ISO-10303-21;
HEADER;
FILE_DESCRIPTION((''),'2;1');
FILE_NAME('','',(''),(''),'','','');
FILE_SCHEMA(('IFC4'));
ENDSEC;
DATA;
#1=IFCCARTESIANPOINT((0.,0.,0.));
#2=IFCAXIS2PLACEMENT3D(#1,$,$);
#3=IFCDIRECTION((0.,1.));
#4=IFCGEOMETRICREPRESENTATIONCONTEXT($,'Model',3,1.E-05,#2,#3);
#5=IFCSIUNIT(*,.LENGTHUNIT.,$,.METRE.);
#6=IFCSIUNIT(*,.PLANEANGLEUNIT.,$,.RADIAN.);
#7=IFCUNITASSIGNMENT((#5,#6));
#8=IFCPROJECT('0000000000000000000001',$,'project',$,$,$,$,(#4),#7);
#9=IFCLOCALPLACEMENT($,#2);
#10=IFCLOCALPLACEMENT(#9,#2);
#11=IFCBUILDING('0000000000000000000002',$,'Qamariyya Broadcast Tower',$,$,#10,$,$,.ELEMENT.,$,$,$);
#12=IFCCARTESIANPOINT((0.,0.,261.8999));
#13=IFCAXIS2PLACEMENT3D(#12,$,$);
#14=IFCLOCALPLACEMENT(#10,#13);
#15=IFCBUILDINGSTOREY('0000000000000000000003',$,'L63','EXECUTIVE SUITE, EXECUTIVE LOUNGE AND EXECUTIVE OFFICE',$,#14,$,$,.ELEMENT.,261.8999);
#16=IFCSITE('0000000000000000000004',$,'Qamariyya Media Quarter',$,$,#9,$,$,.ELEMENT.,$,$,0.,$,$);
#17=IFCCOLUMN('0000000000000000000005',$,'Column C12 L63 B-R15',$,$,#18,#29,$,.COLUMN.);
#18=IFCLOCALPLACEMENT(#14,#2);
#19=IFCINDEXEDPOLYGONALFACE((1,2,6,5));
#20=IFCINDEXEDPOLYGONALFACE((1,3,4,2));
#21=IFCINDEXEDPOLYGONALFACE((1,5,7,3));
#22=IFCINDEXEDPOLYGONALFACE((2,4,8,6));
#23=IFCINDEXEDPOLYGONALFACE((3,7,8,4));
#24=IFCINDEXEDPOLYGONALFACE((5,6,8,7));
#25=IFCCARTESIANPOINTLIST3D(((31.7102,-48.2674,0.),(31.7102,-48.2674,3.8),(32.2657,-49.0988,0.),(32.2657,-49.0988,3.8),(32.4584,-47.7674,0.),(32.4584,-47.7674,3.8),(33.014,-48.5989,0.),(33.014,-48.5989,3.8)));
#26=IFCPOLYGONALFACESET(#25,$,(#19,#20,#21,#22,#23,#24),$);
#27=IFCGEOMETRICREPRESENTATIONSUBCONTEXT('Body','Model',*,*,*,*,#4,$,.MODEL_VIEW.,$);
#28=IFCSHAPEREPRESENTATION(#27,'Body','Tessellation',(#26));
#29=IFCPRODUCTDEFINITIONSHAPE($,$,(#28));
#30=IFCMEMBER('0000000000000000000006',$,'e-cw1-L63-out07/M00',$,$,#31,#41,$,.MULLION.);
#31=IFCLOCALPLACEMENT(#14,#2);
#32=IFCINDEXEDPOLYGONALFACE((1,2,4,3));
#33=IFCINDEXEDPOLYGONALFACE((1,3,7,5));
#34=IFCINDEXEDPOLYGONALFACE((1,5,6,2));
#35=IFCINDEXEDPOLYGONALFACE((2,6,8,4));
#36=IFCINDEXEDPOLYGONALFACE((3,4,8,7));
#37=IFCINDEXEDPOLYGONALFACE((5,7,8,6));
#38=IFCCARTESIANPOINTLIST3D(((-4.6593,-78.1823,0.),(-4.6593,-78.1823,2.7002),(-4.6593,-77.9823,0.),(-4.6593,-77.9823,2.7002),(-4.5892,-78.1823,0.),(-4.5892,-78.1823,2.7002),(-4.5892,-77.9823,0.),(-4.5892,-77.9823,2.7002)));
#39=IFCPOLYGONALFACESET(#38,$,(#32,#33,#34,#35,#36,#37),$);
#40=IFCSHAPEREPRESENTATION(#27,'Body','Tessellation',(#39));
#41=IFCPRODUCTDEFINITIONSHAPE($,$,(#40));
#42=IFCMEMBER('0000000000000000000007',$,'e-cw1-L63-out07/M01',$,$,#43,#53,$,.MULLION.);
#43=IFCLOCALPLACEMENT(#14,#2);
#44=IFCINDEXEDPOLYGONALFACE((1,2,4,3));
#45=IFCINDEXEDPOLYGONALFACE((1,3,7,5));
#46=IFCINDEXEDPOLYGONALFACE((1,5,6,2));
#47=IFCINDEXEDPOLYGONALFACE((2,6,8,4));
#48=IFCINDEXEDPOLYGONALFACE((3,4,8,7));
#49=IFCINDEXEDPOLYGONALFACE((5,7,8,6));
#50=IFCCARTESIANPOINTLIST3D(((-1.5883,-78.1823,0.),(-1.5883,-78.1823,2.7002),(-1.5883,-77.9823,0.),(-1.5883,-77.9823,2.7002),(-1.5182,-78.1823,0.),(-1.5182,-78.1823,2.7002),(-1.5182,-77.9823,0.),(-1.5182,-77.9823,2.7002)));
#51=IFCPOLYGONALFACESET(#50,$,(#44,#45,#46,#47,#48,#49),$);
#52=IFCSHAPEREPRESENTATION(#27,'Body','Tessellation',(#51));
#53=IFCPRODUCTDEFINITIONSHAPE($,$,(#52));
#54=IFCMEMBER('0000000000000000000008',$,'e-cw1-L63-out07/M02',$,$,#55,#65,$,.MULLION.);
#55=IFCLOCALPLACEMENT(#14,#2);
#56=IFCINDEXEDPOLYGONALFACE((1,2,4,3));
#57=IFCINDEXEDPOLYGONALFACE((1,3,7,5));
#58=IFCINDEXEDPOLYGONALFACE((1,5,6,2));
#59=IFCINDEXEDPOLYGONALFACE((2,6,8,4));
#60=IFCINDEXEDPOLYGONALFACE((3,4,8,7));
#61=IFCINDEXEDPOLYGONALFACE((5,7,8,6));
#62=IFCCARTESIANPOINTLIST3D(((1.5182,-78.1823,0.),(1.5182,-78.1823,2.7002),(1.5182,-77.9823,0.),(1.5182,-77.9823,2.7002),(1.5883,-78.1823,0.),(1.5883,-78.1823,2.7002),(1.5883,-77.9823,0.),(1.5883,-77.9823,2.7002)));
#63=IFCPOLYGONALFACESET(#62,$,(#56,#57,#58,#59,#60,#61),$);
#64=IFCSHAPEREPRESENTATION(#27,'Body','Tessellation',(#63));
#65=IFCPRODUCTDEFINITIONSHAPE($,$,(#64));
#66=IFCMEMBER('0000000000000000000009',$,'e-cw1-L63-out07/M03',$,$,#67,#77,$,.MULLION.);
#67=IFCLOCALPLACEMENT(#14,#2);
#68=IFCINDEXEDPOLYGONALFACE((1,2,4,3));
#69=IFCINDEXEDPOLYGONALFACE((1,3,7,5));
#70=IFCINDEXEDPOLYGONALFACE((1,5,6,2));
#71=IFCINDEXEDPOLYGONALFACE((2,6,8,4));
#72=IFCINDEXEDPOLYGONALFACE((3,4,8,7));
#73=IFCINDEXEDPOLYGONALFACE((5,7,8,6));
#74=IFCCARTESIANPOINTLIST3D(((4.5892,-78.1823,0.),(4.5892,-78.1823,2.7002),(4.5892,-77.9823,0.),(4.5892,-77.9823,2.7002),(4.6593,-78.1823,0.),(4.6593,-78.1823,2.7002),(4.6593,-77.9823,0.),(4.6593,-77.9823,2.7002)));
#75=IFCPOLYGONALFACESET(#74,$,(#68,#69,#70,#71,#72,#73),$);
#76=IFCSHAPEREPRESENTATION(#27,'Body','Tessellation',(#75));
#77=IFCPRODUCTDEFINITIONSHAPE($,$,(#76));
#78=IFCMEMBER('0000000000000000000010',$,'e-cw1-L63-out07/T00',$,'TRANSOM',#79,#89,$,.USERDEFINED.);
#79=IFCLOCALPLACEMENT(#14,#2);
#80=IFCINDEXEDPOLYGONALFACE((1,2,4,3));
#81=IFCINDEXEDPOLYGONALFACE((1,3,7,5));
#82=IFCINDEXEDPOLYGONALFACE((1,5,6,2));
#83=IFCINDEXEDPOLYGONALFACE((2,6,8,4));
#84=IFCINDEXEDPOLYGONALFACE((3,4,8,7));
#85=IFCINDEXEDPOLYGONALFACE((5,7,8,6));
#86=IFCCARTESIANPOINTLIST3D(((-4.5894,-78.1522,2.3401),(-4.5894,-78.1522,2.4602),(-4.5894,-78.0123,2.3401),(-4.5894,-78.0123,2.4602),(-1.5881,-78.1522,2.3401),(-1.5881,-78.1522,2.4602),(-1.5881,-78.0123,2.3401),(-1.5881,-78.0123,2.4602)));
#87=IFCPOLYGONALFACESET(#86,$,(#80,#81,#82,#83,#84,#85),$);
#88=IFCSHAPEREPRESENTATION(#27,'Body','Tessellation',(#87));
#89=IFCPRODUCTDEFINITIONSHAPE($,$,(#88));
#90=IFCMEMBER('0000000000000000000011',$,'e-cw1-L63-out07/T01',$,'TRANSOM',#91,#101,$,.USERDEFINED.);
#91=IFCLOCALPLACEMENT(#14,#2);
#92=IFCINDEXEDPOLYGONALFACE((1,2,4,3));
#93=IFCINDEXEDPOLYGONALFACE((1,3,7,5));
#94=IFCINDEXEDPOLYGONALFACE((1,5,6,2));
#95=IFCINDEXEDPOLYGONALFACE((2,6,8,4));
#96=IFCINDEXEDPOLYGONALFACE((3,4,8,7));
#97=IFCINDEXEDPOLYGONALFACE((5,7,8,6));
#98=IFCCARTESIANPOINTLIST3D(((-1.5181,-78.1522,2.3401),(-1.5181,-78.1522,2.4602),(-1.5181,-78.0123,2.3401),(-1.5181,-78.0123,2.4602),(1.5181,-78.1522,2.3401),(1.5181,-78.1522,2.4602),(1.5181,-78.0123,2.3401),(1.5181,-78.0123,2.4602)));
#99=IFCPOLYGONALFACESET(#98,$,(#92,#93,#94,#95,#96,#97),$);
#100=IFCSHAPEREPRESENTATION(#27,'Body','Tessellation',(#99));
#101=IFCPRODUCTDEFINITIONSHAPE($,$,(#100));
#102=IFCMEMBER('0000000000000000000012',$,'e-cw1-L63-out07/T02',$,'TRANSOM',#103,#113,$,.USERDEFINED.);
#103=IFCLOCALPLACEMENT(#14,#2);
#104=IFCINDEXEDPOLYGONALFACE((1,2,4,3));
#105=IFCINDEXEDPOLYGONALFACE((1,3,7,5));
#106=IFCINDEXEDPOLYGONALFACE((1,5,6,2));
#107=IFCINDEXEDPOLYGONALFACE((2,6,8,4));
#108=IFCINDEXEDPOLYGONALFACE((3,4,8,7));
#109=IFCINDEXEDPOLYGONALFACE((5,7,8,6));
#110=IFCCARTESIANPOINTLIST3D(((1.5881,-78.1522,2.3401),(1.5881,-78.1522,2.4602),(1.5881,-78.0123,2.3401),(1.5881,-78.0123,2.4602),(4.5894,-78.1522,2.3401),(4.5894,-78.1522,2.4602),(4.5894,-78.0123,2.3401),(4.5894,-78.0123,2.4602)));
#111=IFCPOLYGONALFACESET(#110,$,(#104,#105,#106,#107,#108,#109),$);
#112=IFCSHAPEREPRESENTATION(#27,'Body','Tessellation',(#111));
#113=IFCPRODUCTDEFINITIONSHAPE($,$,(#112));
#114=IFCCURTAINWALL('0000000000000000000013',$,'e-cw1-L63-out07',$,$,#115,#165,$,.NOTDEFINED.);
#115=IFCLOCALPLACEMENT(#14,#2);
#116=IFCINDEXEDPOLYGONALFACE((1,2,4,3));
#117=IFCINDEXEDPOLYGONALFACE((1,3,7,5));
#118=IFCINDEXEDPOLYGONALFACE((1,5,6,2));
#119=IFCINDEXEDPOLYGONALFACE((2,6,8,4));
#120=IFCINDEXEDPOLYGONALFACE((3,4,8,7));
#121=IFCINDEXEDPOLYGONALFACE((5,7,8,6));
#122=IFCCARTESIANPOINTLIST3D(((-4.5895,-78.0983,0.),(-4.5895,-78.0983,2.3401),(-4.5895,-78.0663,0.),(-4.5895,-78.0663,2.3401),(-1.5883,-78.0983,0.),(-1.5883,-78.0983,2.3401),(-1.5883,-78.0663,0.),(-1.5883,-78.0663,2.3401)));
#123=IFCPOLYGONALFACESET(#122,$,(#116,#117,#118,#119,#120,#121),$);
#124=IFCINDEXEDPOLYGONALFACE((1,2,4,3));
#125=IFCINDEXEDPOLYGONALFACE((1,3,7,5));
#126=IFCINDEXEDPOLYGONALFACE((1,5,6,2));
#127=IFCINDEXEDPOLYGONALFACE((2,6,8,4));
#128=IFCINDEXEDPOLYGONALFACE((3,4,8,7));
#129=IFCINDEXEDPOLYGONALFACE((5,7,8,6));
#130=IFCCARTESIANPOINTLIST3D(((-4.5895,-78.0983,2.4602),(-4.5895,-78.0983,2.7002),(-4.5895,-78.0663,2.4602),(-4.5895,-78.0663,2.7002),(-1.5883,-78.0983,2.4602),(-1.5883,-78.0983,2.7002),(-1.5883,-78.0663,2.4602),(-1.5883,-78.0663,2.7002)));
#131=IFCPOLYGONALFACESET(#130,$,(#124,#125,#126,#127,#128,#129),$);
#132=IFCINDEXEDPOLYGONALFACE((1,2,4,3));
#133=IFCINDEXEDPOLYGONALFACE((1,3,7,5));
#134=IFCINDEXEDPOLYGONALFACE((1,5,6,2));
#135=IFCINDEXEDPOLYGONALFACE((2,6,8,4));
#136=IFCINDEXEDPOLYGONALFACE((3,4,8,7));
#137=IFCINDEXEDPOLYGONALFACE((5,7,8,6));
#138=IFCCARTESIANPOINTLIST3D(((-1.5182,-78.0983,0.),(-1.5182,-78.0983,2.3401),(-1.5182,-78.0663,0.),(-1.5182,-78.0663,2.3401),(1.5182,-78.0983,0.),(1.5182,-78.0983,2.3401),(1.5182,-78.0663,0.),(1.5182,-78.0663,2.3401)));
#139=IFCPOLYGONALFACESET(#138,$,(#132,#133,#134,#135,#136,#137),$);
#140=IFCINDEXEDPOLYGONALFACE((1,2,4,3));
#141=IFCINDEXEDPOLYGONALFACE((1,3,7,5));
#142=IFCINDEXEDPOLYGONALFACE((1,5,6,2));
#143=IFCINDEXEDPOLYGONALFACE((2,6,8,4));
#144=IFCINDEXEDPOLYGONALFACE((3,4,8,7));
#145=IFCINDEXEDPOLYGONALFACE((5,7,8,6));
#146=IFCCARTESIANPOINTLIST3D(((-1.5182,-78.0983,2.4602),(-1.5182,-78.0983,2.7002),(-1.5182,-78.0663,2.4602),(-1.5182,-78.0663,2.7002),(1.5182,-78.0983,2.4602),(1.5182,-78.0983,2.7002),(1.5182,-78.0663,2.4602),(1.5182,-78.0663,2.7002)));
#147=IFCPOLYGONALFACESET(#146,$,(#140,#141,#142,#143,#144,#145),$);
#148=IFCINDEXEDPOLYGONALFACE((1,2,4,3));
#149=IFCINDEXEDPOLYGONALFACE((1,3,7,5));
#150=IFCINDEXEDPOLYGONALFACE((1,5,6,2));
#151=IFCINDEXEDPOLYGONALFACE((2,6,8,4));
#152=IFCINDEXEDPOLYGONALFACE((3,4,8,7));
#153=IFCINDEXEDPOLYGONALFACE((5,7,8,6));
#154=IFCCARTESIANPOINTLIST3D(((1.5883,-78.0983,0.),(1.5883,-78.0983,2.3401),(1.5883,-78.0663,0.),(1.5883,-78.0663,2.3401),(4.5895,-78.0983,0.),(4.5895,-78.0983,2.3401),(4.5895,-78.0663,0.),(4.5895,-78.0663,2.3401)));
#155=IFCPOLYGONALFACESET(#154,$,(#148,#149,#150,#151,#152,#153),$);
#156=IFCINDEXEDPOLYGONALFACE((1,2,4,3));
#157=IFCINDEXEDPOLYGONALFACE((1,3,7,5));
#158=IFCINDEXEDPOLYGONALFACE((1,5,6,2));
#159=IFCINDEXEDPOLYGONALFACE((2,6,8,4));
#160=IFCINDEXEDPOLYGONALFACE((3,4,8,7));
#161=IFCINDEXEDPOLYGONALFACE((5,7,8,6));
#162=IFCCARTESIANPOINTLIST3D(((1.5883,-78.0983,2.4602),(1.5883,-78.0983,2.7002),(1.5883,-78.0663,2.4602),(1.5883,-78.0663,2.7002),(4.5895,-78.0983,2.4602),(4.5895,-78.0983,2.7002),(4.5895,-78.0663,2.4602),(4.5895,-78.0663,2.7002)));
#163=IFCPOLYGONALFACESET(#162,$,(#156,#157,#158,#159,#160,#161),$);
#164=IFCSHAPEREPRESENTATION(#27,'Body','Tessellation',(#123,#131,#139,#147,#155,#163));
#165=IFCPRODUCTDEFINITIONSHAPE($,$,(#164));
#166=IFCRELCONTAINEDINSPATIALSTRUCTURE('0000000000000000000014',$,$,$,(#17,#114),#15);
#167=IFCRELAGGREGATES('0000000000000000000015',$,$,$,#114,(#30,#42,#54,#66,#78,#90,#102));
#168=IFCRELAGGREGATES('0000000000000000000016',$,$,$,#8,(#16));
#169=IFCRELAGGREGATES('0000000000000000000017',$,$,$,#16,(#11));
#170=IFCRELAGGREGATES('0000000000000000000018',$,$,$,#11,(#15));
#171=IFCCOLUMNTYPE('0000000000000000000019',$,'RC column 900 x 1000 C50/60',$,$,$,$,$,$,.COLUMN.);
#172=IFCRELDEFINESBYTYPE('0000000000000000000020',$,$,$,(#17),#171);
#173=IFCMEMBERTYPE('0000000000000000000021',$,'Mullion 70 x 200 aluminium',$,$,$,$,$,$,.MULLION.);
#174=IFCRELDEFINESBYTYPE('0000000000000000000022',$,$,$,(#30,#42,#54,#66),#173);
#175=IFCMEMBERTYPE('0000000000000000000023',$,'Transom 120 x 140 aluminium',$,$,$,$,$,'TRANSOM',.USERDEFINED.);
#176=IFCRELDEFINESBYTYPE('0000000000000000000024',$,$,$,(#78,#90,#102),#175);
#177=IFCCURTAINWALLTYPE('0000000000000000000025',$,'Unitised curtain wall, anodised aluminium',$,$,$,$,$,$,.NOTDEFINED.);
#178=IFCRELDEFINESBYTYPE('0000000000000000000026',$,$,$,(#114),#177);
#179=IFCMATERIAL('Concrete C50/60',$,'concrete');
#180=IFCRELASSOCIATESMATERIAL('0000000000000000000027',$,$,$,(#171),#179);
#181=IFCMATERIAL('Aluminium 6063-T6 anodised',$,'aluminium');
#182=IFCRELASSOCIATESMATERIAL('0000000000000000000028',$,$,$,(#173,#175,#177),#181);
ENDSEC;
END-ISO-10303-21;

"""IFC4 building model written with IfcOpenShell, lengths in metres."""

from ifc_helpers import new_model, si_unit, direction, frame, origin, origin_2d, place, context, subcontext, project, spatial, rectangle, extrude, material, material_profile, profile_set, type_object, element, aggregate, save


model = new_model("IFC4")

# Units and contexts
model_context = context("Model", 3, precision=1e-05, world=origin(), true_north=direction((0.0, 1.0)))
body_context = subcontext(model_context, "Body", "Model", "MODEL_VIEW")
ifc_project = project(units=[si_unit("LENGTHUNIT", "METRE"), si_unit("PLANEANGLEUNIT", "RADIAN")], contexts=[model_context])

# Site, building, storey
site_placement = place(None, origin())
site = spatial("IfcSite", under=ifc_project, at=site_placement, Name="Qamariyya Media Quarter", CompositionType="ELEMENT", RefElevation=0.0)
building_placement = place(site_placement, origin())
building = spatial("IfcBuilding", under=site, at=building_placement, Name="Qamariyya Broadcast Tower", CompositionType="ELEMENT")
storey_placement = place(building_placement, frame((0.0, 0.0, 261.8999)))
storey = spatial("IfcBuildingStorey", under=building, at=storey_placement, Name="L63", Description="EXECUTIVE SUITE, EXECUTIVE LOUNGE AND EXECUTIVE OFFICE", CompositionType="ELEMENT", Elevation=261.8999)

# Column
ifc_material_1 = material(Name="Concrete C50/60", Category="concrete")
ifc_material_profile_1 = material_profile(ifc_material_1, rectangle(XDim=0.8999, YDim=1.0, at=origin_2d()))
ifc_profile_set_1 = profile_set([ifc_material_profile_1], Name="Concrete C50/60")
column_type = type_object("IfcColumnType", Name="RC column 900 x 1000 C50/60", PredefinedType="COLUMN", material=ifc_profile_set_1)
column_placement = place(storey_placement, frame((32.3621, -48.4331, 0.0), z_axis=(0.0, 0.0, 1.0), x_axis=(0.83147, 0.55557, 0.0)))
element("IfcColumn", 1, at=column_placement, inside=storey, type_object=column_type, Name="Column C12 L63 B-R15", PredefinedType="COLUMN", context=body_context, shape_type="SweptSolid", body=[
    extrude(rectangle(XDim=0.8999, YDim=1.0, at=origin_2d()), origin(), (0.0, 0.0, 1.0), 3.8),
])

# Members
ifc_material_2 = material(Name="Aluminium 6063-T6 anodised", Category="aluminium")
ifc_material_profile_2 = material_profile(ifc_material_2, rectangle(XDim=0.2, YDim=0.0701, at=origin_2d()))
ifc_profile_set_2 = profile_set([ifc_material_profile_2], Name="Aluminium 6063-T6 anodised")
member_type_1 = type_object("IfcMemberType", Name="Mullion 70 x 200 aluminium", PredefinedType="MULLION", material=ifc_profile_set_2)
member_1_placement = place(storey_placement, frame((-4.6243, -78.0823, 0.0), z_axis=(0.0, 0.0, 1.0), x_axis=(0.0, 1.0, 0.0)))
member_1 = element("IfcMember", 2, at=member_1_placement, type_object=member_type_1, Name="e-cw1-L63-out07/M00", PredefinedType="MULLION", context=body_context, shape_type="SweptSolid", body=[
    extrude(rectangle(XDim=0.2, YDim=0.0701, at=origin_2d()), origin(), (0.0, 0.0, 1.0), 2.7002),
])
member_2_placement = place(storey_placement, frame((-1.5532, -78.0823, 0.0), z_axis=(0.0, 0.0, 1.0), x_axis=(0.0, 1.0, 0.0)))
member_2 = element("IfcMember", 3, at=member_2_placement, type_object=member_type_1, Name="e-cw1-L63-out07/M01", PredefinedType="MULLION", context=body_context, shape_type="SweptSolid", body=[
    extrude(rectangle(XDim=0.2, YDim=0.0701, at=origin_2d()), origin(), (0.0, 0.0, 1.0), 2.7002),
])
member_3_placement = place(storey_placement, frame((1.5532, -78.0823, 0.0), z_axis=(0.0, 0.0, 1.0), x_axis=(0.0, 1.0, 0.0)))
member_3 = element("IfcMember", 4, at=member_3_placement, type_object=member_type_1, Name="e-cw1-L63-out07/M02", PredefinedType="MULLION", context=body_context, shape_type="SweptSolid", body=[
    extrude(rectangle(XDim=0.2, YDim=0.0701, at=origin_2d()), origin(), (0.0, 0.0, 1.0), 2.7002),
])
member_4_placement = place(storey_placement, frame((4.6243, -78.0823, 0.0), z_axis=(0.0, 0.0, 1.0), x_axis=(0.0, 1.0, 0.0)))
member_4 = element("IfcMember", 5, at=member_4_placement, type_object=member_type_1, Name="e-cw1-L63-out07/M03", PredefinedType="MULLION", context=body_context, shape_type="SweptSolid", body=[
    extrude(rectangle(XDim=0.2, YDim=0.0701, at=origin_2d()), origin(), (0.0, 0.0, 1.0), 2.7002),
])

# Members
ifc_material_profile_3 = material_profile(ifc_material_2, rectangle(XDim=0.1399, YDim=0.1201, at=origin_2d()))
ifc_profile_set_3 = profile_set([ifc_material_profile_3], Name="Aluminium 6063-T6 anodised")
member_type_2 = type_object("IfcMemberType", Name="Transom 120 x 140 aluminium", ElementType="TRANSOM", PredefinedType="USERDEFINED", material=ifc_profile_set_3)
member_5_placement = place(storey_placement, frame((-4.5894, -78.0823, 2.4001), z_axis=(1.0, 0.0, 0.0), x_axis=(0.0, 1.0, 0.0)))
member_5 = element("IfcMember", 6, at=member_5_placement, type_object=member_type_2, Name="e-cw1-L63-out07/T00", ObjectType="TRANSOM", PredefinedType="USERDEFINED", context=body_context, shape_type="SweptSolid", body=[
    extrude(rectangle(XDim=0.1399, YDim=0.1201, at=origin_2d()), origin(), (0.0, 0.0, 1.0), 3.0012),
])
member_6_placement = place(storey_placement, frame((-1.5181, -78.0823, 2.4001), z_axis=(1.0, 0.0, 0.0), x_axis=(0.0, 1.0, 0.0)))
member_6 = element("IfcMember", 7, at=member_6_placement, type_object=member_type_2, Name="e-cw1-L63-out07/T01", ObjectType="TRANSOM", PredefinedType="USERDEFINED", context=body_context, shape_type="SweptSolid", body=[
    extrude(rectangle(XDim=0.1399, YDim=0.1201, at=origin_2d()), origin(), (0.0, 0.0, 1.0), 3.0361),
])
member_7_placement = place(storey_placement, frame((1.5881, -78.0823, 2.4001), z_axis=(1.0, 0.0, 0.0), x_axis=(0.0, 1.0, 0.0)))
member_7 = element("IfcMember", 8, at=member_7_placement, type_object=member_type_2, Name="e-cw1-L63-out07/T02", ObjectType="TRANSOM", PredefinedType="USERDEFINED", context=body_context, shape_type="SweptSolid", body=[
    extrude(rectangle(XDim=0.1399, YDim=0.1201, at=origin_2d()), origin(), (0.0, 0.0, 1.0), 3.0012),
])

# Curtain wall
curtain_wall_type = type_object("IfcCurtainWallType", Name="Unitised curtain wall, anodised aluminium", PredefinedType="NOTDEFINED", material=ifc_material_2)
curtain_wall_1_placement = place(storey_placement, origin())
curtain_wall_1 = element("IfcCurtainWall", 9, at=curtain_wall_1_placement, inside=storey, type_object=curtain_wall_type, Name="e-cw1-L63-out07", PredefinedType="NOTDEFINED", context=body_context, shape_type="SweptSolid", body=[
    extrude(rectangle(XDim=3.0012, YDim=0.032, at=origin_2d()), frame((-3.0889, -78.0823, 0.0), x_axis=(1.0, 0.0, 0.0)), (0.0, 0.0, 1.0), 2.3401),
    extrude(rectangle(XDim=3.0012, YDim=0.032, at=origin_2d()), frame((-3.0889, -78.0823, 2.4602), x_axis=(1.0, 0.0, 0.0)), (0.0, 0.0, 1.0), 0.24),
    extrude(rectangle(XDim=3.0364, YDim=0.032, at=origin_2d()), frame((0.0, -78.0823, 0.0), x_axis=(1.0, 0.0, 0.0)), (0.0, 0.0, 1.0), 2.3401),
    extrude(rectangle(XDim=3.0364, YDim=0.032, at=origin_2d()), frame((0.0, -78.0823, 2.4602), x_axis=(1.0, 0.0, 0.0)), (0.0, 0.0, 1.0), 0.24),
    extrude(rectangle(XDim=3.0012, YDim=0.032, at=origin_2d()), frame((3.0889, -78.0823, 0.0), x_axis=(1.0, 0.0, 0.0)), (0.0, 0.0, 1.0), 2.3401),
    extrude(rectangle(XDim=3.0012, YDim=0.032, at=origin_2d()), frame((3.0889, -78.0823, 2.4602), x_axis=(1.0, 0.0, 0.0)), (0.0, 0.0, 1.0), 0.24),
])
aggregate(curtain_wall_1, [member_1, member_2, member_3, member_4, member_5, member_6, member_7])

save(model, "model.ifc")
